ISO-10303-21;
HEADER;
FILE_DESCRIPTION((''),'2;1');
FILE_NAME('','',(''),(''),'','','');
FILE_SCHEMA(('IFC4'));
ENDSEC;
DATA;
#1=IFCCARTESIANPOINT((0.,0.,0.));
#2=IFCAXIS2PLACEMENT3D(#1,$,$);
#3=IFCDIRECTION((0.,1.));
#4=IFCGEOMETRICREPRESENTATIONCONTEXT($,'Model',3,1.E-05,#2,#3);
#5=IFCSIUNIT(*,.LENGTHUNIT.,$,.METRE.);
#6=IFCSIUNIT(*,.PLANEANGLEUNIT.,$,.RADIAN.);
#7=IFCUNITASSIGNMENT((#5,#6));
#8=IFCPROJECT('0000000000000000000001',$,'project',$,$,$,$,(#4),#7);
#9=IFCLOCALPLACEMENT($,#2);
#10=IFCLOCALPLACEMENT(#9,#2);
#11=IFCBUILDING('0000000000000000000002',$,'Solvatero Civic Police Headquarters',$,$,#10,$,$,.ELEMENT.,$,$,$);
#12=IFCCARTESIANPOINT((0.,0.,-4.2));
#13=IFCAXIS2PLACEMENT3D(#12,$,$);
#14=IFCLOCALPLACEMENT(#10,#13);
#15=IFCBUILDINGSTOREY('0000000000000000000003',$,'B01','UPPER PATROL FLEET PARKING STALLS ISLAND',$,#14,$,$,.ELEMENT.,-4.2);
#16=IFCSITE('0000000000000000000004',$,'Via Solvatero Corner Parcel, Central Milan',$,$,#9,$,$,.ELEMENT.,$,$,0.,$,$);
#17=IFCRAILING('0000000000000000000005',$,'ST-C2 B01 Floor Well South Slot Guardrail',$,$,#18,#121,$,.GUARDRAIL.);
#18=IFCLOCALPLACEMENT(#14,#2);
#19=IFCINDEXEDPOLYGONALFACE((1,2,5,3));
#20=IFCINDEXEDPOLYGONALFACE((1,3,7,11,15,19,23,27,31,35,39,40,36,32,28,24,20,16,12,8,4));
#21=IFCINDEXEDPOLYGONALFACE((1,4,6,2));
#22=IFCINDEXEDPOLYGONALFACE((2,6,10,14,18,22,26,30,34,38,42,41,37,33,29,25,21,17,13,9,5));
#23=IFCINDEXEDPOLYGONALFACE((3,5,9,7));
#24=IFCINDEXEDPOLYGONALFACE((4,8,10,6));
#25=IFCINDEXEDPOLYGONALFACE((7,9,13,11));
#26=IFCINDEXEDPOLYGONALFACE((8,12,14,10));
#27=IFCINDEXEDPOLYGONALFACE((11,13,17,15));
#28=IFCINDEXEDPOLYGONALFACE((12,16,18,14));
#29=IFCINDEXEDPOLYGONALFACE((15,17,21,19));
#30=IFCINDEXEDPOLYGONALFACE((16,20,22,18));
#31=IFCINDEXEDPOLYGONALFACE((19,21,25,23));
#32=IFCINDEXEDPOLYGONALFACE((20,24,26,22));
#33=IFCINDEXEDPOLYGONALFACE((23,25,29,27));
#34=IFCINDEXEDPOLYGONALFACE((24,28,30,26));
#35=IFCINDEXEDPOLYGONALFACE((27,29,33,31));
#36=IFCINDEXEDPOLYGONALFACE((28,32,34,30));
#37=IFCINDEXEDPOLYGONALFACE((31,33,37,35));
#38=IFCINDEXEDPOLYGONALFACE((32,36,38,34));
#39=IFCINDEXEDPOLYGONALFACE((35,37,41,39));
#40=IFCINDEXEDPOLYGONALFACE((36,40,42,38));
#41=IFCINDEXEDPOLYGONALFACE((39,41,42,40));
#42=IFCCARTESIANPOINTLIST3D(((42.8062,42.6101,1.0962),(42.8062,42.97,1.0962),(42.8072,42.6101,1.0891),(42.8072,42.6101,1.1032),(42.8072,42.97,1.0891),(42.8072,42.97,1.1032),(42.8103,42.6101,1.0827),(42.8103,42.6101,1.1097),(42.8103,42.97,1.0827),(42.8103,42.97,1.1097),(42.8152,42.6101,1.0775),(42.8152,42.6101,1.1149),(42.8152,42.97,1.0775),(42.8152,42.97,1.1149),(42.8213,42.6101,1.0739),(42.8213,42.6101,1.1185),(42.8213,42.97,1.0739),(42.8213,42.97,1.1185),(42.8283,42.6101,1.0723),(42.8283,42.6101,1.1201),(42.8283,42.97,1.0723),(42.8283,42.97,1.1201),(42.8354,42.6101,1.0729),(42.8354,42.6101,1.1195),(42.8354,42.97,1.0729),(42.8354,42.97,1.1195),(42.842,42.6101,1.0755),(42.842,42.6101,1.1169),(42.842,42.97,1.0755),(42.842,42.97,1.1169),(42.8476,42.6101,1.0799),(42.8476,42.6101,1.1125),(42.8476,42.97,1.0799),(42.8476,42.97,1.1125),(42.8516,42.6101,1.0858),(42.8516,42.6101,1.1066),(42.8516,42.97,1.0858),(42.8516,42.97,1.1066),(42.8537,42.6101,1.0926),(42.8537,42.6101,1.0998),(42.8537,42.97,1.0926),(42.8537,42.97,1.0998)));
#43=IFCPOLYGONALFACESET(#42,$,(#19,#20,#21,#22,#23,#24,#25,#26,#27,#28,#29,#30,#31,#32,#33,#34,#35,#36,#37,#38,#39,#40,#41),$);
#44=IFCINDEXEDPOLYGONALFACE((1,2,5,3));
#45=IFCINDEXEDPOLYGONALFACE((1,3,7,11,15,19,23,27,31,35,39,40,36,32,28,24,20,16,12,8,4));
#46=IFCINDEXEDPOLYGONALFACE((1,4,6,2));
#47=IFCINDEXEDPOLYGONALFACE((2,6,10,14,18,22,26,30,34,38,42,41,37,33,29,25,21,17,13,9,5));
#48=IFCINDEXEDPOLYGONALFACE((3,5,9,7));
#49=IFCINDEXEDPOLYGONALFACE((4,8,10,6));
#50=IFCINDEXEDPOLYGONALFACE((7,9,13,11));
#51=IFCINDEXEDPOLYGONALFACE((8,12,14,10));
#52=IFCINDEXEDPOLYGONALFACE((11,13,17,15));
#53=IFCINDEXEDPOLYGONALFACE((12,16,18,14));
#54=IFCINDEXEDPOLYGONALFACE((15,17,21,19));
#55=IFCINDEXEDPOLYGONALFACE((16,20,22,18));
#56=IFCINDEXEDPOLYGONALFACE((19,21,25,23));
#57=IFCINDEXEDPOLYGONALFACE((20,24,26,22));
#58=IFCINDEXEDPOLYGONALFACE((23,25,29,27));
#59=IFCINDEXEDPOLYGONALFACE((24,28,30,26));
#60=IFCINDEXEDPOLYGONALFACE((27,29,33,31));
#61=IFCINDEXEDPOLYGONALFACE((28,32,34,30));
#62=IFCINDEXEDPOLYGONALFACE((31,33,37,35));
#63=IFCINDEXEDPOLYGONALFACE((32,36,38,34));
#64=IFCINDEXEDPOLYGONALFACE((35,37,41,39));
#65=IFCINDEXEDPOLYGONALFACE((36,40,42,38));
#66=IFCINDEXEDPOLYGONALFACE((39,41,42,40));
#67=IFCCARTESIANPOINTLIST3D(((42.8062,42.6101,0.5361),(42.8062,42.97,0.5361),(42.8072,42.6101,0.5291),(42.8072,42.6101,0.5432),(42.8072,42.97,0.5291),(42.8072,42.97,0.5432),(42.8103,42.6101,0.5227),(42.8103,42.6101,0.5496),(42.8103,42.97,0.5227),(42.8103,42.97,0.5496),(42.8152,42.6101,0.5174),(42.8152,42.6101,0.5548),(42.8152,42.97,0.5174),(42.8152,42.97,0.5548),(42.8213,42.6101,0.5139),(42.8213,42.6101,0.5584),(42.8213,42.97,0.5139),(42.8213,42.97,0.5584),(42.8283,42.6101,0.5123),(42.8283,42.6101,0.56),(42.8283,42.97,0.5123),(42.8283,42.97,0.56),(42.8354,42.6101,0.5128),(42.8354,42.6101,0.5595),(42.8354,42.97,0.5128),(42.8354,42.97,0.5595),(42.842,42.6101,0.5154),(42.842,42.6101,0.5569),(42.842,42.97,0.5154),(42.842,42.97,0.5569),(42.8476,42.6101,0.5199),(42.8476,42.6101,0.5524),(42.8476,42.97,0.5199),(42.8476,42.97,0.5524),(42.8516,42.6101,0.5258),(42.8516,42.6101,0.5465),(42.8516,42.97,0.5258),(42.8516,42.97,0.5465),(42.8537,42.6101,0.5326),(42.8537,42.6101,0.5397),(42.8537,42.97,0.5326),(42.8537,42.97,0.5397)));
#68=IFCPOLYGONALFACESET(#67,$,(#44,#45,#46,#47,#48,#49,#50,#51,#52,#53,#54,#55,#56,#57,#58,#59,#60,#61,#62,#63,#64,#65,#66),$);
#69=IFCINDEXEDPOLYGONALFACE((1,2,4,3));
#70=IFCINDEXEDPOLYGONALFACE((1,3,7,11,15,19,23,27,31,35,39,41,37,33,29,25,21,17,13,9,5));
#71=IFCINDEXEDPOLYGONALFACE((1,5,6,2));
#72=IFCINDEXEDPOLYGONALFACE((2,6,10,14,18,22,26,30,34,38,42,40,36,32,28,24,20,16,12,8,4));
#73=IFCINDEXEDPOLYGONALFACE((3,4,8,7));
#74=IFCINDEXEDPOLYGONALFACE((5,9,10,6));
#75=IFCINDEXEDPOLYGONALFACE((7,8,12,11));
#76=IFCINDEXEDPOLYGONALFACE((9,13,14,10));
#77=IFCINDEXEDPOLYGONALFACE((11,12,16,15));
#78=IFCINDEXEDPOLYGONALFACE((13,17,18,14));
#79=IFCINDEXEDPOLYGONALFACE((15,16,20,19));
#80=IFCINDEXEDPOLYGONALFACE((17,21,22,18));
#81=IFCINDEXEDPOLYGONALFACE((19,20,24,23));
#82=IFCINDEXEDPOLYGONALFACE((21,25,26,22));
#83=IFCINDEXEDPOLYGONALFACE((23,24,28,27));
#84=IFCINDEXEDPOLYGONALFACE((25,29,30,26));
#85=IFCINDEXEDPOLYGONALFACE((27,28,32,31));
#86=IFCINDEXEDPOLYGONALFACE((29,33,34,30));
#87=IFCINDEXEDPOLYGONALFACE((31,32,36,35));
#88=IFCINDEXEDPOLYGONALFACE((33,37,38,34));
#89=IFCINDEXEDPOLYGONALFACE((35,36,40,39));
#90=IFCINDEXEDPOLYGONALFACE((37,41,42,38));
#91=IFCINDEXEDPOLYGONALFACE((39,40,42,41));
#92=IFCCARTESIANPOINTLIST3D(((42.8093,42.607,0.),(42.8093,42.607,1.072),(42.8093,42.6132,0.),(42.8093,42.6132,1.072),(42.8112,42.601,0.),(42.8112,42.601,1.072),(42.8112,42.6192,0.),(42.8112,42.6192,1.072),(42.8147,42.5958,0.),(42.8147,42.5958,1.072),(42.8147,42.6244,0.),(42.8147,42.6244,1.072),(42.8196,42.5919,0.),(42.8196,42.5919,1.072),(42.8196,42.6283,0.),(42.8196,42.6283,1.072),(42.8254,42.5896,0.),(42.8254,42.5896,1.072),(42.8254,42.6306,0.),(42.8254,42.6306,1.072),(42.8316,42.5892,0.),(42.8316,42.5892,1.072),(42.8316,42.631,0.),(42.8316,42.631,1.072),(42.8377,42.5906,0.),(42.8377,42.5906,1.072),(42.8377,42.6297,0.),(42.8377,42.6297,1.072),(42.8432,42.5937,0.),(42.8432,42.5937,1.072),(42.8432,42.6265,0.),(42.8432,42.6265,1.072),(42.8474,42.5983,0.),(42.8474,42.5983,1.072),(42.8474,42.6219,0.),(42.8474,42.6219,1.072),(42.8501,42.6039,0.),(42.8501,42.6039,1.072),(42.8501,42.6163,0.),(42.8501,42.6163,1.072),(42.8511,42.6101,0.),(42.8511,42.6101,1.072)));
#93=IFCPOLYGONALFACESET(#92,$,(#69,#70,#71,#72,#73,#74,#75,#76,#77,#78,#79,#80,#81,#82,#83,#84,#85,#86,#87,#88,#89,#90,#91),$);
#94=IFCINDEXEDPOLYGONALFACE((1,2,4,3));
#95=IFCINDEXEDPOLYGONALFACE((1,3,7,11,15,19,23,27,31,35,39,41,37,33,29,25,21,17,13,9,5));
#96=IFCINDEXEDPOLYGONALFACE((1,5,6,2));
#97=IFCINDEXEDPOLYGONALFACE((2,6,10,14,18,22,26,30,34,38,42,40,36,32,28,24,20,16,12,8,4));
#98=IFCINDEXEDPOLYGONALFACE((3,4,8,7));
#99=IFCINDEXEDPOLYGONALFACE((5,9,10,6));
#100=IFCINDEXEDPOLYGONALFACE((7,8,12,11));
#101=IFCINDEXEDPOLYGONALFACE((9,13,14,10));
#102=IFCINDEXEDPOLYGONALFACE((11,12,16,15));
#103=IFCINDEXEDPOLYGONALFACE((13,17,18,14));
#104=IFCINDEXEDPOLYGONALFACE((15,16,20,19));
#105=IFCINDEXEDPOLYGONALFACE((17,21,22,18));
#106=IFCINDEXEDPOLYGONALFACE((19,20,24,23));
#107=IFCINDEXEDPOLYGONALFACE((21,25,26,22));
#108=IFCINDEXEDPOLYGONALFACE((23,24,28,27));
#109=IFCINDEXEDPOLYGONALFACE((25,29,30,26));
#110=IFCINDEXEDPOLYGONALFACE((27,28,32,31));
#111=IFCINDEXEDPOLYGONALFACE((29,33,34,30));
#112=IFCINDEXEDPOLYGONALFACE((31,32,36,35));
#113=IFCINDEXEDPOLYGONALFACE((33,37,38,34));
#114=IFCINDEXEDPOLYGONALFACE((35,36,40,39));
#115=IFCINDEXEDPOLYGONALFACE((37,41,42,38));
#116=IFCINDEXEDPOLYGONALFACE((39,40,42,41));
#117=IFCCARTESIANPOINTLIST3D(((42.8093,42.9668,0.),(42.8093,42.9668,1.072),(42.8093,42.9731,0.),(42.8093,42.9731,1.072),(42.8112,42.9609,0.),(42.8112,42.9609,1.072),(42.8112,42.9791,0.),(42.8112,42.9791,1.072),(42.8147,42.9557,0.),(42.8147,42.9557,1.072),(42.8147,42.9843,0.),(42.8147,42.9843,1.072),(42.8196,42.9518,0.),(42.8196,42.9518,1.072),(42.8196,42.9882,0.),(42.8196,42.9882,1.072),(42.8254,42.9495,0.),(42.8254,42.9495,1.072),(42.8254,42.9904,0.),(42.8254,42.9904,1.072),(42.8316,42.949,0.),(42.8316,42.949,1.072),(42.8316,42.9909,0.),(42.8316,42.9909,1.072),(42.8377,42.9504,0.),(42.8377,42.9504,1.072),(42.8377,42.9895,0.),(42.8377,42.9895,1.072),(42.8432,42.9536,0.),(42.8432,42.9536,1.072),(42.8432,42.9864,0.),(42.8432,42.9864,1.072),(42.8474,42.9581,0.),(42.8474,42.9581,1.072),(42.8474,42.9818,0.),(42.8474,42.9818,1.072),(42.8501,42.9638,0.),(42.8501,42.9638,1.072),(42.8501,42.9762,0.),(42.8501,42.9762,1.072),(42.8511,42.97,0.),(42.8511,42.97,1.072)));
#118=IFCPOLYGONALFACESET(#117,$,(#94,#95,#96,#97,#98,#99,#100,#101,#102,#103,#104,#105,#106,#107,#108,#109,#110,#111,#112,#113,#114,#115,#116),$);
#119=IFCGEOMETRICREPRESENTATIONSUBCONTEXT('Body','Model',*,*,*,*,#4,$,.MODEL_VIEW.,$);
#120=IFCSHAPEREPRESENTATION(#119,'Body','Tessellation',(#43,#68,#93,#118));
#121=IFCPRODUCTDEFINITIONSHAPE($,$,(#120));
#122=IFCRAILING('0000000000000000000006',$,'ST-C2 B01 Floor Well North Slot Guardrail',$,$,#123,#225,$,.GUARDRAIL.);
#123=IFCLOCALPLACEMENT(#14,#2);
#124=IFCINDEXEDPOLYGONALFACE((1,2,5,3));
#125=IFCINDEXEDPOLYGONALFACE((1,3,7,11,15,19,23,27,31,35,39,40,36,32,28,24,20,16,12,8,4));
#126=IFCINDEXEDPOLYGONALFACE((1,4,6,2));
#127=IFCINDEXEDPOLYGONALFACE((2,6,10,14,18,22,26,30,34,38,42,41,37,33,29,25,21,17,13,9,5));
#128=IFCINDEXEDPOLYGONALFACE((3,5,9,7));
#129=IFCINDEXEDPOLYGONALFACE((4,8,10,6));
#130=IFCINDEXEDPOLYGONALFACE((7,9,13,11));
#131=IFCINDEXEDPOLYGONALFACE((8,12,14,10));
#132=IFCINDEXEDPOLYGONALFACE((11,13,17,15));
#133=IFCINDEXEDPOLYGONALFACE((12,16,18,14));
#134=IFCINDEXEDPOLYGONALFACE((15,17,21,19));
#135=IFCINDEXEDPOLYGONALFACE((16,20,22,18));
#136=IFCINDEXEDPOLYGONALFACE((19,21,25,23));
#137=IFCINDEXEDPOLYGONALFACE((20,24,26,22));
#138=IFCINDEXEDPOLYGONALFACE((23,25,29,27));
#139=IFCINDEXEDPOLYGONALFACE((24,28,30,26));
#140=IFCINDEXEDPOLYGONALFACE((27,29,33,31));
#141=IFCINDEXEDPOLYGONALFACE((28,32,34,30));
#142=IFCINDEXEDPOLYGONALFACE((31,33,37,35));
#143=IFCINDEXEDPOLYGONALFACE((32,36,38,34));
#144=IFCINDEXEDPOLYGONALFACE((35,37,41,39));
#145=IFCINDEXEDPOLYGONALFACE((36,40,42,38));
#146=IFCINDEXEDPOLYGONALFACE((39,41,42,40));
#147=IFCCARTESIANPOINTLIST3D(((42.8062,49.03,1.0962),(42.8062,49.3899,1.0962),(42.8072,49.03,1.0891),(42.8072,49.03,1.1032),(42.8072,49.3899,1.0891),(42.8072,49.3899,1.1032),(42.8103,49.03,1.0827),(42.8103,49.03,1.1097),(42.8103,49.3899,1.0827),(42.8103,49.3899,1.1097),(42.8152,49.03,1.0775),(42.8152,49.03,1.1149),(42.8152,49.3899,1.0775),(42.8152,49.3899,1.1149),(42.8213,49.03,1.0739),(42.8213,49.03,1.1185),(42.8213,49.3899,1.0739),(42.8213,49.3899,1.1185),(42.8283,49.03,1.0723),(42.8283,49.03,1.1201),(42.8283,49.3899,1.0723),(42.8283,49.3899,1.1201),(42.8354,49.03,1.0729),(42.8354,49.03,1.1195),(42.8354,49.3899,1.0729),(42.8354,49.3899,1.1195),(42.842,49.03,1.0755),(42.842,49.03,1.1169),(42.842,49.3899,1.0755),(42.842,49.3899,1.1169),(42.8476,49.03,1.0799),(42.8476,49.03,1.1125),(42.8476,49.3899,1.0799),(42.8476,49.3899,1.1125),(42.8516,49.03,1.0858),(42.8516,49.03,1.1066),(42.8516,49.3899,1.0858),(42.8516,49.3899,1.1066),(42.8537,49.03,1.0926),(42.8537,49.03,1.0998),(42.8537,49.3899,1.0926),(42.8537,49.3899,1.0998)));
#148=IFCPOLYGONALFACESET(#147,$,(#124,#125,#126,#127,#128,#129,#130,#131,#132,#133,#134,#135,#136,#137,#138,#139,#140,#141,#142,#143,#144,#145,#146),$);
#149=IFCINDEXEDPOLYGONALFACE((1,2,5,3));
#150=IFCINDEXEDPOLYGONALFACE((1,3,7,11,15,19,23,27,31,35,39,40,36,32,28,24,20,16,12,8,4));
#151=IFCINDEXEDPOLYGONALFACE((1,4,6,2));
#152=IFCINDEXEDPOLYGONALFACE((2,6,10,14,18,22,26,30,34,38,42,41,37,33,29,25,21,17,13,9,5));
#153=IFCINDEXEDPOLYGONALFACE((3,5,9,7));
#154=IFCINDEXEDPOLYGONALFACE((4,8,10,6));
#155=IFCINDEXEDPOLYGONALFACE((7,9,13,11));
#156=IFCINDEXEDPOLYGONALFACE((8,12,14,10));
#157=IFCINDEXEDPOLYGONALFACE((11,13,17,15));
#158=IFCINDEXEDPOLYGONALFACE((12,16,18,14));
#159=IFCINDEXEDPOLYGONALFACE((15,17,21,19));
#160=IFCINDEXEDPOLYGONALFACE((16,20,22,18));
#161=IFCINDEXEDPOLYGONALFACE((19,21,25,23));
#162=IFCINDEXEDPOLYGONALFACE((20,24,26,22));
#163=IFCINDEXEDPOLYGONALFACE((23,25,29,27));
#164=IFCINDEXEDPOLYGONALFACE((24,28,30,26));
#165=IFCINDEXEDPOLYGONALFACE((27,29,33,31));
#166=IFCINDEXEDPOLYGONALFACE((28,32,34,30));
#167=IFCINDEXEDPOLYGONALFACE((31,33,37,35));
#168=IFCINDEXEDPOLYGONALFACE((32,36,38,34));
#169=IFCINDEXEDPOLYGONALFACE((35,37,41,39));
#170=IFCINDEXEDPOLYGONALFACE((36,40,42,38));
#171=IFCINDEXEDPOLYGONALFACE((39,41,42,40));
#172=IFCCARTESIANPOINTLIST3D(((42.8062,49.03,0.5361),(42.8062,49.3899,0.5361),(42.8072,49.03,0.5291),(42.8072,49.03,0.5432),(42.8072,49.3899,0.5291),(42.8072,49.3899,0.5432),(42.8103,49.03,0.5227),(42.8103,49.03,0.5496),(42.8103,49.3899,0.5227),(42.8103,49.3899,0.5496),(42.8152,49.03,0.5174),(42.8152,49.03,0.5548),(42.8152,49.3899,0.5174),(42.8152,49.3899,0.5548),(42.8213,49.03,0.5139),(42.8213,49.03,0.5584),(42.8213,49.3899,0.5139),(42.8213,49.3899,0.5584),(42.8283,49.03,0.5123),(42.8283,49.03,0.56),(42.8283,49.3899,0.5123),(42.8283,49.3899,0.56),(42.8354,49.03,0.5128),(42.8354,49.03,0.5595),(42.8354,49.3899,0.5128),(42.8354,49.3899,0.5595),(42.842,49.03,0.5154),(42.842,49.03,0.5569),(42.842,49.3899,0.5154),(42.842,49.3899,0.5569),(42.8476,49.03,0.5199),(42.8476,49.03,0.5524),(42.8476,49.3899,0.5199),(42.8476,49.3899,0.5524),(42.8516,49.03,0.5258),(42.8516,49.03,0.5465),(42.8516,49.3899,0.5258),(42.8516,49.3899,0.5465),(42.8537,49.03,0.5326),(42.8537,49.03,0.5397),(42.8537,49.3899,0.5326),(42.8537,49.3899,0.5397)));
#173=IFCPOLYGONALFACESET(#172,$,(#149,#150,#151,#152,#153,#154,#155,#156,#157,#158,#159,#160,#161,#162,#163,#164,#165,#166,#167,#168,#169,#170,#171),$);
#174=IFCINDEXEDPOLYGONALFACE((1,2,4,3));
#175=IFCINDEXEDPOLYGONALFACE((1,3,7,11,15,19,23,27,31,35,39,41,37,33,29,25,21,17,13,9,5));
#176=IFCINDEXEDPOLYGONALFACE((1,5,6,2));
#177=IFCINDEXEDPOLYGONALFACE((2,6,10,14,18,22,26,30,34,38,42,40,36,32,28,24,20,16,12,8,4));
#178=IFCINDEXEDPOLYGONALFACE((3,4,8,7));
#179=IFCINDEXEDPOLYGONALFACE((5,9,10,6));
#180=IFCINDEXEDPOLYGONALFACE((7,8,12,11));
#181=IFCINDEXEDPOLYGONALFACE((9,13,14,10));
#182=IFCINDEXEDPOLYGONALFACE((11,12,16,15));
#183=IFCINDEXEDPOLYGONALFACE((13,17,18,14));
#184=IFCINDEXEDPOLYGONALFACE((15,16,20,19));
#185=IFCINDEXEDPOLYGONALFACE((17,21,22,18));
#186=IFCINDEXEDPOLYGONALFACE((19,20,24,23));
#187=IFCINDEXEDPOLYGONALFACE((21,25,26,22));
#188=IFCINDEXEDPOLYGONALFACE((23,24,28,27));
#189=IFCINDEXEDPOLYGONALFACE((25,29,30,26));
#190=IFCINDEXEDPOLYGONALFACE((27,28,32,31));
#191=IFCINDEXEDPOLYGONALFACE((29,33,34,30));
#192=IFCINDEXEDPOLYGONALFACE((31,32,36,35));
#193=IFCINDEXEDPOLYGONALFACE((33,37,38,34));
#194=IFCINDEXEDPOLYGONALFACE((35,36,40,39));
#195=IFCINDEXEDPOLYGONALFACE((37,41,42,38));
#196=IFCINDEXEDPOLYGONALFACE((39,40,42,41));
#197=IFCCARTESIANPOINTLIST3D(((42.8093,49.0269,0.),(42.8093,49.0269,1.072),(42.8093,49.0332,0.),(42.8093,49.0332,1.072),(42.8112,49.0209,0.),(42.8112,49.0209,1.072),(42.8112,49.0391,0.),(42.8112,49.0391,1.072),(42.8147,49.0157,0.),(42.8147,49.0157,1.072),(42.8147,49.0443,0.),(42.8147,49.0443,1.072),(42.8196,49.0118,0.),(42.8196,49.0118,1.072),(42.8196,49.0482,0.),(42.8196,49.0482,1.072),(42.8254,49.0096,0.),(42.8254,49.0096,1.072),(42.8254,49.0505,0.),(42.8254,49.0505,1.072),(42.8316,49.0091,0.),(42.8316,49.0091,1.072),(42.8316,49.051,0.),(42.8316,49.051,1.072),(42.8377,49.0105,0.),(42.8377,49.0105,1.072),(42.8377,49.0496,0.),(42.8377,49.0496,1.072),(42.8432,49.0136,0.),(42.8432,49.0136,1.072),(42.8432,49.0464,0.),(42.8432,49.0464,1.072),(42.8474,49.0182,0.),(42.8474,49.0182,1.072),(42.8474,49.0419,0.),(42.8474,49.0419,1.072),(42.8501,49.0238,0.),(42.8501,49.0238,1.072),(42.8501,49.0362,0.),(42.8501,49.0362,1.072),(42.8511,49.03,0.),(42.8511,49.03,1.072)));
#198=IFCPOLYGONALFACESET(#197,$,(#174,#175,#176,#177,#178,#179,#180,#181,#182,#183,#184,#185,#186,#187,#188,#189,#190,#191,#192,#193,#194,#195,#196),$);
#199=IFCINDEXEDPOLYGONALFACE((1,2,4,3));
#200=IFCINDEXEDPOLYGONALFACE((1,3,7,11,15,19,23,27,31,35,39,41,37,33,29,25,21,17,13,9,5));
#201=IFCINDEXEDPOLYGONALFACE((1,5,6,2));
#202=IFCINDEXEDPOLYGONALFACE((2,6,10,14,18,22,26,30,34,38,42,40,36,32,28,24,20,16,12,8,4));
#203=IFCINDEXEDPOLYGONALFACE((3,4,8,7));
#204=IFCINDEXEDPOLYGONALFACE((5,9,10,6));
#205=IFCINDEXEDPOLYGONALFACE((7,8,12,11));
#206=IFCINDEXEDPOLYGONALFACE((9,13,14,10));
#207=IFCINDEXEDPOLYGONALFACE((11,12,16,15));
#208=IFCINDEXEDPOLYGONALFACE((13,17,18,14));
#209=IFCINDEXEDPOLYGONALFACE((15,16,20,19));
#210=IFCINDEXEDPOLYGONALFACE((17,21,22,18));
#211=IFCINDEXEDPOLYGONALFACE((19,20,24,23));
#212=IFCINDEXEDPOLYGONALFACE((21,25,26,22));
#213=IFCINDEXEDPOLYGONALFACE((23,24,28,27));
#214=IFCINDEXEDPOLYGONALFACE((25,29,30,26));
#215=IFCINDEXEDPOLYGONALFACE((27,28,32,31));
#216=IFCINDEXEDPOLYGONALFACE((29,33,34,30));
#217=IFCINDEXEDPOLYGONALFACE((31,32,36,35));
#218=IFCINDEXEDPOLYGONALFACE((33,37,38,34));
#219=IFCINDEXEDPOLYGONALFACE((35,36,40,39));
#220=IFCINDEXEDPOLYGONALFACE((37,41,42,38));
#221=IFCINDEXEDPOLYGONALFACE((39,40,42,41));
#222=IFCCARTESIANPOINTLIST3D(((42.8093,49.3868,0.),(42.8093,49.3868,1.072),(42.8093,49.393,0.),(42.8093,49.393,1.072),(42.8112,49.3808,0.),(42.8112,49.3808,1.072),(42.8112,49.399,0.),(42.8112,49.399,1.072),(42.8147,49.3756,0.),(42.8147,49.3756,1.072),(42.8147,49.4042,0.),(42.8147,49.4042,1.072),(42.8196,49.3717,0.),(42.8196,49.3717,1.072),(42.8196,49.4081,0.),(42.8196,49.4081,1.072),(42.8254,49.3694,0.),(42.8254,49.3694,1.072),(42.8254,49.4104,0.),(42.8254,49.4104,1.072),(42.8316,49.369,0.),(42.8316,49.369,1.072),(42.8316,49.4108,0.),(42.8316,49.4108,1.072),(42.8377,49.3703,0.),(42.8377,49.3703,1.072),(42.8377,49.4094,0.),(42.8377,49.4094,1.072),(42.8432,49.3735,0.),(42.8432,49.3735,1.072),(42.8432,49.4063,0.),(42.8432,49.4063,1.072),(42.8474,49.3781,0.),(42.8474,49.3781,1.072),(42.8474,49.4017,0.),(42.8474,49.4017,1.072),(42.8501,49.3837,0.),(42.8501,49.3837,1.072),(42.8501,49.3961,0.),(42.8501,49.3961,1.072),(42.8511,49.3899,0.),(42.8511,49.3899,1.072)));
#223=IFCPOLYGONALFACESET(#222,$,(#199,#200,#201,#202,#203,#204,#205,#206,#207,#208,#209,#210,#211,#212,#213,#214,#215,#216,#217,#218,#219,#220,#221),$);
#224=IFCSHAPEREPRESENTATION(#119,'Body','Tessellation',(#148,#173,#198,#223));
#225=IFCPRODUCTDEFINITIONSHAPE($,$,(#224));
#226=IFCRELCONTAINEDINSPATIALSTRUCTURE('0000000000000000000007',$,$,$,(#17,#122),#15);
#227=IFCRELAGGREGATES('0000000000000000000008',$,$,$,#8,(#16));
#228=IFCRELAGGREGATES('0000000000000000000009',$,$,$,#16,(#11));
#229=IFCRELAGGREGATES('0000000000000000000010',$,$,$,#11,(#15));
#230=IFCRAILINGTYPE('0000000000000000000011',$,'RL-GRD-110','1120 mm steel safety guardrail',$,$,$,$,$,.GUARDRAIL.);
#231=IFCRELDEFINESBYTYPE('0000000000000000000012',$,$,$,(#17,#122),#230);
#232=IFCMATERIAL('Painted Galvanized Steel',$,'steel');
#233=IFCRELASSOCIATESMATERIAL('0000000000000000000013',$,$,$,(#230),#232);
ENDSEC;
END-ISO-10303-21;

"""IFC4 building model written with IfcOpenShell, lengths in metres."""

from ifc_helpers import new_model, si_unit, direction, frame, origin, origin_2d, place, context, subcontext, project, spatial, circle, extrude, material, type_object, element, save


model = new_model("IFC4")

# Units and contexts
model_context = context("Model", 3, precision=1e-05, world=origin(), true_north=direction((0.0, 1.0)))
body_context = subcontext(model_context, "Body", "Model", "MODEL_VIEW")
ifc_project = project(units=[si_unit("LENGTHUNIT", "METRE"), si_unit("PLANEANGLEUNIT", "RADIAN")], contexts=[model_context])

# Site, building, storey
site_placement = place(None, origin())
site = spatial("IfcSite", under=ifc_project, at=site_placement, Name="Via Solvatero Corner Parcel, Central Milan", CompositionType="ELEMENT", RefElevation=0.0)
building_placement = place(site_placement, origin())
building = spatial("IfcBuilding", under=site, at=building_placement, Name="Solvatero Civic Police Headquarters", CompositionType="ELEMENT")
storey_placement = place(building_placement, frame((0.0, 0.0, -4.2)))
storey = spatial("IfcBuildingStorey", under=building, at=storey_placement, Name="B01", Description="UPPER PATROL FLEET PARKING STALLS ISLAND", CompositionType="ELEMENT", Elevation=-4.2)

# Railings
ifc_material_1 = material(Name="Painted Galvanized Steel", Category="steel")
railing_type_1 = type_object("IfcRailingType", Name="RL-GRD-110", Description="1120 mm steel safety guardrail", PredefinedType="GUARDRAIL", material=ifc_material_1)
for number, where, name in (
    (1, (42.8301, 42.6101, 0.0), "ST-C2 B01 Floor Well South Slot Guardrail"),
    (2, (42.8301, 49.03, 0.0), "ST-C2 B01 Floor Well North Slot Guardrail"),
):
    element("IfcRailing", number, at=place(storey_placement, frame(where)), inside=storey, type_object=railing_type_1, Name=name, PredefinedType="GUARDRAIL", context=body_context, shape_type="SweptSolid", body=[
        extrude(circle(Radius=0.0239, at=origin_2d()), frame((0.0, 0.0, 1.0962), z_axis=(0.0, 1.0, 0.0), x_axis=(-1.0, 0.0, 0.0)), (0.0, 0.0, 1.0), 0.3599),
        extrude(circle(Radius=0.0239, at=origin_2d()), frame((0.0, 0.0, 0.5361), z_axis=(0.0, 1.0, 0.0), x_axis=(-1.0, 0.0, 0.0)), (0.0, 0.0, 1.0), 0.3599),
        extrude(circle(Radius=0.021, at=origin_2d()), origin(), (0.0, 0.0, 1.0), 1.072),
        extrude(circle(Radius=0.021, at=origin_2d()), frame((0.0, 0.3599, 0.0)), (0.0, 0.0, 1.0), 1.072),
    ])

save(model, "model.ifc")
